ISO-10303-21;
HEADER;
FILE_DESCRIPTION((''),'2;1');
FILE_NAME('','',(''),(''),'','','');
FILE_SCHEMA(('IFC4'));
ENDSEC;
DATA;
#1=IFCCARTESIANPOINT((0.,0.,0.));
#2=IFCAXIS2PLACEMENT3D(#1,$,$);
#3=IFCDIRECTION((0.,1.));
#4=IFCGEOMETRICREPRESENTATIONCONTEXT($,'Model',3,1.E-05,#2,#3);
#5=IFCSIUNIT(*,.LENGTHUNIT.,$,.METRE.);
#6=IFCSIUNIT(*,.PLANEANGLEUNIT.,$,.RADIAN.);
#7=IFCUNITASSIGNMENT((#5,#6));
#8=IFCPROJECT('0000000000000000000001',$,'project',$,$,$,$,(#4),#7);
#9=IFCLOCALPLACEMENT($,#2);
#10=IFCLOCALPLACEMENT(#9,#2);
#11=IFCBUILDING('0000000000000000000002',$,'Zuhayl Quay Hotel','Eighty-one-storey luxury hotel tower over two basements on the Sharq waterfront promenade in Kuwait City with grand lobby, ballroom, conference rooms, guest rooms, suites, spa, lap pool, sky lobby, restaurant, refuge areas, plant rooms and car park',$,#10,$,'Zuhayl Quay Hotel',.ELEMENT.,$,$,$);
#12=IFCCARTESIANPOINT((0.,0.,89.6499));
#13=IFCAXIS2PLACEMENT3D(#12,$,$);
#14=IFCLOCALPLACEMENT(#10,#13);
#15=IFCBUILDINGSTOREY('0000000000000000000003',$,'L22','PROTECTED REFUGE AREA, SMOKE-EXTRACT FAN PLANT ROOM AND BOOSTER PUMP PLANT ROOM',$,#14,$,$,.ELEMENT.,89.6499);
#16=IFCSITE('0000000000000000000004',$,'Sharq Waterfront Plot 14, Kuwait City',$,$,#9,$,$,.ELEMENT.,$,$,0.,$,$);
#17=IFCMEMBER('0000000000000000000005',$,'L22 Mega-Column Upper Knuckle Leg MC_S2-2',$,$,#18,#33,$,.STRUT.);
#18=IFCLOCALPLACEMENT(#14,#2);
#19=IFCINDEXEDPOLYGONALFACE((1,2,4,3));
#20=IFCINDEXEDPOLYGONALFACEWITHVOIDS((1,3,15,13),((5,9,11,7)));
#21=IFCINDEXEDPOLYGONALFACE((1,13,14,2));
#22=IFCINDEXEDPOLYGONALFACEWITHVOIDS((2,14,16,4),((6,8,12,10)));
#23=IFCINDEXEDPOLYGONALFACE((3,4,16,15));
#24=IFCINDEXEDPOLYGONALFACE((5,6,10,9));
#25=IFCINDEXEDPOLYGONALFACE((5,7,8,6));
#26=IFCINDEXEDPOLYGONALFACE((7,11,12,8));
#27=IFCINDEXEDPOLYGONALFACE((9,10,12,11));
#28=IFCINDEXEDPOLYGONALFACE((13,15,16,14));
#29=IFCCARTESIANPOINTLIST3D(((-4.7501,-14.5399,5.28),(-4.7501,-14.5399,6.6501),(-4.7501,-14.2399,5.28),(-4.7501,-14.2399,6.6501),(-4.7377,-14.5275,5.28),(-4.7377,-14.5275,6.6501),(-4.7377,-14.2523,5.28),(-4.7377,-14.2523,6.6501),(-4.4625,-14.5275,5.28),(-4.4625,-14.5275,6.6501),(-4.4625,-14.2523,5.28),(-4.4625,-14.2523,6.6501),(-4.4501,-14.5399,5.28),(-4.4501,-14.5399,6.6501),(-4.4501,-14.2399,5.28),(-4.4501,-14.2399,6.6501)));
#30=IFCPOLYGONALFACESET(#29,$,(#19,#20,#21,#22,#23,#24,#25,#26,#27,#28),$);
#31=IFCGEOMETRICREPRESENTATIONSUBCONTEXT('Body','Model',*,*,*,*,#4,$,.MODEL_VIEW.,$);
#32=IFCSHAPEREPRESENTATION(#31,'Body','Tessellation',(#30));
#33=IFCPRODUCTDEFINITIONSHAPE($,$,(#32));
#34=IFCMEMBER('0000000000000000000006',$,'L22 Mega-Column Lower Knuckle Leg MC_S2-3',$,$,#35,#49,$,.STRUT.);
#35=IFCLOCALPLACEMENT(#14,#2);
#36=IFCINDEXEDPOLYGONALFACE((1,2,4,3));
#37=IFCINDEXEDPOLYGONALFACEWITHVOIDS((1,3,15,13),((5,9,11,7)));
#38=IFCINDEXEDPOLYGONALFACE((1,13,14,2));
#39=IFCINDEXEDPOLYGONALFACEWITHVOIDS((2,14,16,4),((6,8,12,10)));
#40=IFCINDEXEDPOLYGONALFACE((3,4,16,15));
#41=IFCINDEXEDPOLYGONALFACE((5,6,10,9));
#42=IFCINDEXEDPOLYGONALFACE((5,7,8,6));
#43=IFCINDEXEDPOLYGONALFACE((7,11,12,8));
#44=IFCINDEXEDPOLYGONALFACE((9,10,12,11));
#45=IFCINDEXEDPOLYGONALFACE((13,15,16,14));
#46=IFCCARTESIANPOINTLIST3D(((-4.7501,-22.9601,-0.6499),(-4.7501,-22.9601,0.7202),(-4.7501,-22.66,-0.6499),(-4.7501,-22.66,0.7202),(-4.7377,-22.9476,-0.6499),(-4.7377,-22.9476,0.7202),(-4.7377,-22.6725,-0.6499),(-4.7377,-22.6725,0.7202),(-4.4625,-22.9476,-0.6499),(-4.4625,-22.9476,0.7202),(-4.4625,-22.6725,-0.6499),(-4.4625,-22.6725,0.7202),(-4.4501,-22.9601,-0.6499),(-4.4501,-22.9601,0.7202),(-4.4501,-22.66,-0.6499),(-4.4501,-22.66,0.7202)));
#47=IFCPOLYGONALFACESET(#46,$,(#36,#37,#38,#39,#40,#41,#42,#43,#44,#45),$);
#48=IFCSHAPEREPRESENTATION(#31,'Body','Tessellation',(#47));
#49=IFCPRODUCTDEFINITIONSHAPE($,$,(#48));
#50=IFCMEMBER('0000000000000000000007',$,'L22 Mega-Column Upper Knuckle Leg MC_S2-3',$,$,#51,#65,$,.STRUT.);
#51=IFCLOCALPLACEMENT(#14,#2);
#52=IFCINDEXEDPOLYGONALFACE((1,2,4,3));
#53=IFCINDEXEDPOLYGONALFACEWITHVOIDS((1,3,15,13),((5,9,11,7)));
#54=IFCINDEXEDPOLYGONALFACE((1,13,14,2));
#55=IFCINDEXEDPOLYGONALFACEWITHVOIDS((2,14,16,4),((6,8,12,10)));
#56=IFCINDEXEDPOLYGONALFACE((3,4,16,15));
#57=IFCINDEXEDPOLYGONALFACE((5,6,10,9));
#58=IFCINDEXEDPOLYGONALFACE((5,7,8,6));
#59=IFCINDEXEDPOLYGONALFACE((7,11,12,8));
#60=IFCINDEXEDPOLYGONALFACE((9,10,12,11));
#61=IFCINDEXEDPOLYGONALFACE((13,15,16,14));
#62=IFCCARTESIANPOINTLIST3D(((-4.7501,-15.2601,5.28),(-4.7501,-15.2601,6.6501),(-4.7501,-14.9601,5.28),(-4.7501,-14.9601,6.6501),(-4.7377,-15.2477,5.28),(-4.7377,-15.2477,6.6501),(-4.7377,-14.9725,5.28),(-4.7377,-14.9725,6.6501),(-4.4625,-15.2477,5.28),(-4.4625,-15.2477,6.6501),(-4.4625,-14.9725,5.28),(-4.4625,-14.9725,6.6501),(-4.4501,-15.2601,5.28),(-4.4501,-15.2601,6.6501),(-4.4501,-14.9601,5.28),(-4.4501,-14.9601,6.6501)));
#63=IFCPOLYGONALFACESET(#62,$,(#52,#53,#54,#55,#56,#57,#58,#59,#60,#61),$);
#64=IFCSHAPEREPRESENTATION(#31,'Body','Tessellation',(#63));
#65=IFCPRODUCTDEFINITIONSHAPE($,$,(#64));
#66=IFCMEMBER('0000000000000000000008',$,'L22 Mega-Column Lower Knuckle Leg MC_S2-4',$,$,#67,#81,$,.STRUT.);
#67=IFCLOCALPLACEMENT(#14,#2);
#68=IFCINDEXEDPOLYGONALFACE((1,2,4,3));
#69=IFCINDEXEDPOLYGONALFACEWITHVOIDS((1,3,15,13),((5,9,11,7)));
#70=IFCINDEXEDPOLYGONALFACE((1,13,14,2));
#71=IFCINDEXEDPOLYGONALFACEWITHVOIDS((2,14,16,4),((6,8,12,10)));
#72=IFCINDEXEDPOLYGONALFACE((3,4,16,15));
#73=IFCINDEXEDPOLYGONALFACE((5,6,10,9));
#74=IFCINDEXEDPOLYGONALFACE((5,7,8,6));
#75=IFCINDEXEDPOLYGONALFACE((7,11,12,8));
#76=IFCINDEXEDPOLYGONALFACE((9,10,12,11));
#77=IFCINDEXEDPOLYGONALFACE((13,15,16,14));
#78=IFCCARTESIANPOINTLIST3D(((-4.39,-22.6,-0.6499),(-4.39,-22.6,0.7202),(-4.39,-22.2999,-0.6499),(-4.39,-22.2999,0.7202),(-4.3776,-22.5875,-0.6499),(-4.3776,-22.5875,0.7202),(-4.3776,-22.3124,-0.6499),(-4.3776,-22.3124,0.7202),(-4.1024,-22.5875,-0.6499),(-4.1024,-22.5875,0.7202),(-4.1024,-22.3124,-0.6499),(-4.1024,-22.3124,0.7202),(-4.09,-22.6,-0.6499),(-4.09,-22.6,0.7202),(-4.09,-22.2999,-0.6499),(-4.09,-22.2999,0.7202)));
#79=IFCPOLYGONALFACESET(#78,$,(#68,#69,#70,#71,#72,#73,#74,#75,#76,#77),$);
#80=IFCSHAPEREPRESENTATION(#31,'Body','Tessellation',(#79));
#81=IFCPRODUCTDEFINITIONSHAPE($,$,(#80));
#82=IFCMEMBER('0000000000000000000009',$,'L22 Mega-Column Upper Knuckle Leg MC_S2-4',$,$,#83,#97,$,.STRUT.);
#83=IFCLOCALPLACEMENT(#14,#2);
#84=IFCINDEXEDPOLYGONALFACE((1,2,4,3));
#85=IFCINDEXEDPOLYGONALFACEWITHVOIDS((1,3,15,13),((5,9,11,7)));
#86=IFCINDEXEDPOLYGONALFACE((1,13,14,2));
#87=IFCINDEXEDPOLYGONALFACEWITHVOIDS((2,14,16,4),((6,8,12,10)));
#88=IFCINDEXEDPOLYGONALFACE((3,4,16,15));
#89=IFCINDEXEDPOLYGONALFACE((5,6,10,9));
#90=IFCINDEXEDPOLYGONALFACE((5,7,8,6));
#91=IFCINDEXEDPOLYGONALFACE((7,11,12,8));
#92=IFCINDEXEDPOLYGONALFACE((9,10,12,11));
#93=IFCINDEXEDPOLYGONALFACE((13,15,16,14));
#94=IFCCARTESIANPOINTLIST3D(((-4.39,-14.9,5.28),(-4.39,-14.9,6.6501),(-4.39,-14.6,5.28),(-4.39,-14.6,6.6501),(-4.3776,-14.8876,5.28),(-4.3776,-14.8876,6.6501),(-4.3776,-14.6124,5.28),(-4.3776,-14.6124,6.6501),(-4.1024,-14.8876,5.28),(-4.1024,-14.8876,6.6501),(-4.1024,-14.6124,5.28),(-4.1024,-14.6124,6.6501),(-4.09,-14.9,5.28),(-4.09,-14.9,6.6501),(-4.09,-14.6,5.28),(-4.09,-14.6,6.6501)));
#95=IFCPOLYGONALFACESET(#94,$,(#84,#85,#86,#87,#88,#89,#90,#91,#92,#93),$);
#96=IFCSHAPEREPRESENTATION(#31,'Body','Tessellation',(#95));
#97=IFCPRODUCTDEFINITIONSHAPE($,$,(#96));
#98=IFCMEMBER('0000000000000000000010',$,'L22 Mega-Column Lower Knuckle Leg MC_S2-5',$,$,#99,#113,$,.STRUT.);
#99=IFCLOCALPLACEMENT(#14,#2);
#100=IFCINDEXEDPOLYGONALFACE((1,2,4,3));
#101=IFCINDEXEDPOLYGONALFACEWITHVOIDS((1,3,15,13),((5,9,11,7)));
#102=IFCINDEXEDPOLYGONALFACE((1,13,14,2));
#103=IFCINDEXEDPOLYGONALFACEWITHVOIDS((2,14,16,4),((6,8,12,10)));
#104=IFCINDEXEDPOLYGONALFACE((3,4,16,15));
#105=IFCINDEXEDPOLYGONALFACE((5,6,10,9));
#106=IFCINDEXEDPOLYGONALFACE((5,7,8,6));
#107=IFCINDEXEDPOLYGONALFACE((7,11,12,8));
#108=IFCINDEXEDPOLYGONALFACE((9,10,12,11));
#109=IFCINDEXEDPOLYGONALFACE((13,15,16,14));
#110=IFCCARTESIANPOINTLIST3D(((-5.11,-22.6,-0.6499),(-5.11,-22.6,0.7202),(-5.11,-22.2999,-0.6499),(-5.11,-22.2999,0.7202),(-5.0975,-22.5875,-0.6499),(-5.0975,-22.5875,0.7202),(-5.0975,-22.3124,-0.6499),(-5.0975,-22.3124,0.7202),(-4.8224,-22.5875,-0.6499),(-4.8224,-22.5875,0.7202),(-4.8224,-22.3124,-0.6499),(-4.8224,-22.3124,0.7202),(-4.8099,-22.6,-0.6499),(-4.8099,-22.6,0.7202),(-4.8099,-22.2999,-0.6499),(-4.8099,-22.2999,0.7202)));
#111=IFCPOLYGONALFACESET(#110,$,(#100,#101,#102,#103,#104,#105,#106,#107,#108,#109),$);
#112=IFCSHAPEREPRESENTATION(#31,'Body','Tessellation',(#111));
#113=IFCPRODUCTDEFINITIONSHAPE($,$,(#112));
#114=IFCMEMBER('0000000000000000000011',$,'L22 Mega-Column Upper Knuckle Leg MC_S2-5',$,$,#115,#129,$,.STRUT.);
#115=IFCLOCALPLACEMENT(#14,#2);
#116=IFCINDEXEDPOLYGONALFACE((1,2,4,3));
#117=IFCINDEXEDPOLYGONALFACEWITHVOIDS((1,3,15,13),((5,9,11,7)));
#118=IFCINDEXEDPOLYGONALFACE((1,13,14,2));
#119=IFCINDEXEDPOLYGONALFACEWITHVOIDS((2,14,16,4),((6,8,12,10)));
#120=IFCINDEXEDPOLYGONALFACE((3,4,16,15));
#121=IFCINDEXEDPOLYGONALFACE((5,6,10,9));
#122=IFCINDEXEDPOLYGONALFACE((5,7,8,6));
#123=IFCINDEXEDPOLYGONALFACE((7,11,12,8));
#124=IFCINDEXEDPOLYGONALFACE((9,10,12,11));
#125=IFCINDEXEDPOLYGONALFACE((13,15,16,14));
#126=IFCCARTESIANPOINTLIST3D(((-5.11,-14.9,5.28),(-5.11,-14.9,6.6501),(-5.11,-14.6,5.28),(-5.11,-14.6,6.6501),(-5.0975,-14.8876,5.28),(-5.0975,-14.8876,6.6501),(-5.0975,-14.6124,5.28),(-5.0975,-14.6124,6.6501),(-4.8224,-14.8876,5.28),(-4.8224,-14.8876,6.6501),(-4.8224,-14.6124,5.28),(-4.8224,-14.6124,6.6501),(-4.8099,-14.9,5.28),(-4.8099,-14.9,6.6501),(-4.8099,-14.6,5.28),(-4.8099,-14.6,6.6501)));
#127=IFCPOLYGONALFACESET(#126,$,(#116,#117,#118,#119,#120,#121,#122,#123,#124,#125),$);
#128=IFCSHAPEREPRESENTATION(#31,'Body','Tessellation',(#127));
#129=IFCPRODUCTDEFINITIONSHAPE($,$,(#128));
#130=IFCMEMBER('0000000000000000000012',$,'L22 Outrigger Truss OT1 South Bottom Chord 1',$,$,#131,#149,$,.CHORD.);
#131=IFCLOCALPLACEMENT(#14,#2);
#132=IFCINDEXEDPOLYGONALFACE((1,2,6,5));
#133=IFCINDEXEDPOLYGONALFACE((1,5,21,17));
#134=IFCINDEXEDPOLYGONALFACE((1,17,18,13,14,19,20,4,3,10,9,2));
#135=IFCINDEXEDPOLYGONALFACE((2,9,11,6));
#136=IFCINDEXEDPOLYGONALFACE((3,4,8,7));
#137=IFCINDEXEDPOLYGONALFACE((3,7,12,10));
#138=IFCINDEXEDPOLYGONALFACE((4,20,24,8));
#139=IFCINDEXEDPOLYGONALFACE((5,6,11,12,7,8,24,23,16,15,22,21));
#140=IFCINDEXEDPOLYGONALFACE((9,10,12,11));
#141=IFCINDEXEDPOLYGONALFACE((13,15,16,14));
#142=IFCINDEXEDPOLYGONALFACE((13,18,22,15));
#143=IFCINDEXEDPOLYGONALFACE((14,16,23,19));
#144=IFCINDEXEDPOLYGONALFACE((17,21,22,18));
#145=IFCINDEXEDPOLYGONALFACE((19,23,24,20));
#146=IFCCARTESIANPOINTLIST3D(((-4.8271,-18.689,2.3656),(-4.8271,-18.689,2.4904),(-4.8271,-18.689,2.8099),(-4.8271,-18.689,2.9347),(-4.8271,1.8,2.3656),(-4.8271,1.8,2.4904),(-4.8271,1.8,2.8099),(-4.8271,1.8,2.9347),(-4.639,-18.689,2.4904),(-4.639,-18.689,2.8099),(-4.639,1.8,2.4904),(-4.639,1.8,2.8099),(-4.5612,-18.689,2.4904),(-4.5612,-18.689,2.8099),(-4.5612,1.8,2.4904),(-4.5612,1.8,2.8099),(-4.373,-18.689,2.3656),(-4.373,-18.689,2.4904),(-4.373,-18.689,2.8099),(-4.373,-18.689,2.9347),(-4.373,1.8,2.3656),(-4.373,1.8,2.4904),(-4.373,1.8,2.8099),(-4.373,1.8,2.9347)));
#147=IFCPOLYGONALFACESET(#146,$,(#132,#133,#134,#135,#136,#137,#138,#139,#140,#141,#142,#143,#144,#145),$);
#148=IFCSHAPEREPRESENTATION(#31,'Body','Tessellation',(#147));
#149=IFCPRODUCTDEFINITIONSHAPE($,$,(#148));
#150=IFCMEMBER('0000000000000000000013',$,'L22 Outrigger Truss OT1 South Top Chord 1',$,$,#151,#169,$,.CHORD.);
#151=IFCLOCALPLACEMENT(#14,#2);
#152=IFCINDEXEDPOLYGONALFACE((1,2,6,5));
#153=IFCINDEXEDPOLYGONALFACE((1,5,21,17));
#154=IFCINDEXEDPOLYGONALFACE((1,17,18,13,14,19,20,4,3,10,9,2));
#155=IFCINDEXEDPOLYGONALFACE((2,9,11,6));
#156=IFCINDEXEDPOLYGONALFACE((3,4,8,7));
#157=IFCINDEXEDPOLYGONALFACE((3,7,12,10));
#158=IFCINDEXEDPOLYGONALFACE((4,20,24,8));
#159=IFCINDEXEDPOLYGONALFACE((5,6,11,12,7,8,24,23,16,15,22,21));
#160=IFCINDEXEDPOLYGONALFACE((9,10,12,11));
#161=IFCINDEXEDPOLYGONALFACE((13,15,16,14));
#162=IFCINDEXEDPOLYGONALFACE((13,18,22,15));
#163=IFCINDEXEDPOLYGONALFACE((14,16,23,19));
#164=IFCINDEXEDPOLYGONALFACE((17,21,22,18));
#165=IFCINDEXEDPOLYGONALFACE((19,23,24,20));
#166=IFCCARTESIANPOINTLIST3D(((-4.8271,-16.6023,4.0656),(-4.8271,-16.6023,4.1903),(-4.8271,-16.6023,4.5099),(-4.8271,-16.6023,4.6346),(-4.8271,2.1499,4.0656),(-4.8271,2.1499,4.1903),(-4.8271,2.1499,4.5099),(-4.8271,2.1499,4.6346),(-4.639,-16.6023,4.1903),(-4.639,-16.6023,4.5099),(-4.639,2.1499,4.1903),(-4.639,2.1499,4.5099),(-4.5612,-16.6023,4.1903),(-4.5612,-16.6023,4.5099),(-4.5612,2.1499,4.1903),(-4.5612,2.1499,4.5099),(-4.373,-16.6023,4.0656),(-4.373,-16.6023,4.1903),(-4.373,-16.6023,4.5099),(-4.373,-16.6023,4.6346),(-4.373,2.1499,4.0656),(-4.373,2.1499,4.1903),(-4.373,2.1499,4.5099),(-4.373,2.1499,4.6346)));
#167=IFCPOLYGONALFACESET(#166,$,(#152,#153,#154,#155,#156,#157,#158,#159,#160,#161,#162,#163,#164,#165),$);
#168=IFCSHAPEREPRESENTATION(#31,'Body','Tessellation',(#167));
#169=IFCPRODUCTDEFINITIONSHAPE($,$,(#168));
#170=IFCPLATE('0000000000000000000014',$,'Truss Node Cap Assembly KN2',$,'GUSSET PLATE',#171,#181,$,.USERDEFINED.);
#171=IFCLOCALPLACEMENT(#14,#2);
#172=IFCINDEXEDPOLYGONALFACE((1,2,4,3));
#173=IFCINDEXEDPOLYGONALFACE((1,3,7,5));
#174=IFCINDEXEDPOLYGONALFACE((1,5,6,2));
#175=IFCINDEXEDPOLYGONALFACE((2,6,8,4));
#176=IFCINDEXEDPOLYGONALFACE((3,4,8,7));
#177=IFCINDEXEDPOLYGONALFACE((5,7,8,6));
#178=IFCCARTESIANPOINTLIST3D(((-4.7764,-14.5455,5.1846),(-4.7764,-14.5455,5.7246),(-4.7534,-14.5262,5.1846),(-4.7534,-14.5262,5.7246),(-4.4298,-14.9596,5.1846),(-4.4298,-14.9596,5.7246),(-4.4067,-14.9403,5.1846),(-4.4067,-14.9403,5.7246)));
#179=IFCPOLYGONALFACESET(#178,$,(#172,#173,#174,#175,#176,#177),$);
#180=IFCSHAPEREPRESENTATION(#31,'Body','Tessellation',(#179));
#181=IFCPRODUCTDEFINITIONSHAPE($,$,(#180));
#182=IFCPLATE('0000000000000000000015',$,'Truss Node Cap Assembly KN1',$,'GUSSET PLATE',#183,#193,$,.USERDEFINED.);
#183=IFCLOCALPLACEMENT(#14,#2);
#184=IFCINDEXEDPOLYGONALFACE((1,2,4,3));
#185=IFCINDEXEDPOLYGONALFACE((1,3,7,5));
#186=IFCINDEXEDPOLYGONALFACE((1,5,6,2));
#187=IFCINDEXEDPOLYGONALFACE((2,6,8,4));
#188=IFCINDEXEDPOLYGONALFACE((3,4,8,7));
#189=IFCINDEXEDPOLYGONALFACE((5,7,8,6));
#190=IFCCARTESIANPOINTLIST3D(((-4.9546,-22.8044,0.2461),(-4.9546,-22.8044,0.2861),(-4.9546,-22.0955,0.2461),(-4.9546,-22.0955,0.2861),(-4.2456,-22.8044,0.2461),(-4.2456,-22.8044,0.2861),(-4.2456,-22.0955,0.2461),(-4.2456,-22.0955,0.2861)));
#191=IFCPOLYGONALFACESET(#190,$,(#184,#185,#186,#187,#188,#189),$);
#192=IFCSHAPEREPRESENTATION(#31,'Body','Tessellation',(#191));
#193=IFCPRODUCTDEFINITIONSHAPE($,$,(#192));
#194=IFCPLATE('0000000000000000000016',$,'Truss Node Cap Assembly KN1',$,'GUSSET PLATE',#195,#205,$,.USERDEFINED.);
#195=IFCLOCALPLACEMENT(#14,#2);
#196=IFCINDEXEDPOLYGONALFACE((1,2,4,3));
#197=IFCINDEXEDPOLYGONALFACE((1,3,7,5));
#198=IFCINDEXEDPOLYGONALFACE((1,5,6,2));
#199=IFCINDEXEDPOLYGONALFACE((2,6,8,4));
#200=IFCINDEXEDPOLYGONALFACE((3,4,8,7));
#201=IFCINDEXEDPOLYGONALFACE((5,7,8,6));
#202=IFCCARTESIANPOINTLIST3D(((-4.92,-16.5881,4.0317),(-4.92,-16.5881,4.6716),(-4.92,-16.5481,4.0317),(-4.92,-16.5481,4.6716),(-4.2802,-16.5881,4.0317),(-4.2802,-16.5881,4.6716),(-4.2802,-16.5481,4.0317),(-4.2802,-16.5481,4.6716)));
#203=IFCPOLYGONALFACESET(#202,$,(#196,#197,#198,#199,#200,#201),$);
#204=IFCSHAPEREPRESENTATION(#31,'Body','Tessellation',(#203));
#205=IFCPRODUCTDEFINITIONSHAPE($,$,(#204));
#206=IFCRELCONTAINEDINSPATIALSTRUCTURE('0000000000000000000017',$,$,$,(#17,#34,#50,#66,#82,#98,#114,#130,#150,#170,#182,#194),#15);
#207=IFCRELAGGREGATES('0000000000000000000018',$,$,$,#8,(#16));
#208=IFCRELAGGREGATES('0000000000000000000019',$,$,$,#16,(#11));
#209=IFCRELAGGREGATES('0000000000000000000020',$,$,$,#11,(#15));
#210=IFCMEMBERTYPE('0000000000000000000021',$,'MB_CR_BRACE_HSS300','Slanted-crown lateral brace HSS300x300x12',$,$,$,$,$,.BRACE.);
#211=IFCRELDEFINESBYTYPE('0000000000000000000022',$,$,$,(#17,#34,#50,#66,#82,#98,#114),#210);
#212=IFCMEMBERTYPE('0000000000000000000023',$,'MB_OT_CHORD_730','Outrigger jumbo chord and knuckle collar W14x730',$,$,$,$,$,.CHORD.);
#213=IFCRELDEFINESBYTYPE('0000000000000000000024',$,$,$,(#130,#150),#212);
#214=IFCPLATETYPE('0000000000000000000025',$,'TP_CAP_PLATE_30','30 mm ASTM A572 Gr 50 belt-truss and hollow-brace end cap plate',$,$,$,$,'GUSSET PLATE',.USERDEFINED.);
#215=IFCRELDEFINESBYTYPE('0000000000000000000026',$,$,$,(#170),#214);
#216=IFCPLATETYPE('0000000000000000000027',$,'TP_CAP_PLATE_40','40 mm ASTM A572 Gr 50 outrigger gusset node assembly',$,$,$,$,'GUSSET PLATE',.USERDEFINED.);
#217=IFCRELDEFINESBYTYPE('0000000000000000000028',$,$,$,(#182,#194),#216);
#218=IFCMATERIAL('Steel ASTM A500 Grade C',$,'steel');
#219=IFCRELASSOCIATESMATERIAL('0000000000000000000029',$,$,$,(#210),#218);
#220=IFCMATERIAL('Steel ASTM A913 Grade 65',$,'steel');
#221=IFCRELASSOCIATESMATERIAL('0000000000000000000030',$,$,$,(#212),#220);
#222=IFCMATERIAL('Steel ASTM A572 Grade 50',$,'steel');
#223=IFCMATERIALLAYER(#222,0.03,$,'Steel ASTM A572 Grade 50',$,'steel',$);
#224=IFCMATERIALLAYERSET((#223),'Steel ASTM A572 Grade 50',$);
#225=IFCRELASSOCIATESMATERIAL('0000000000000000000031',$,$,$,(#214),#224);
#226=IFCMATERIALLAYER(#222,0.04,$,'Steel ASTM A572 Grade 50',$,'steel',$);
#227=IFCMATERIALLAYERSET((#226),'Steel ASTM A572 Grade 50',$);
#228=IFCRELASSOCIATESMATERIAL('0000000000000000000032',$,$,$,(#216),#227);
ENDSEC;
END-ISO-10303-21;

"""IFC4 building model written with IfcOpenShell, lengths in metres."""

from ifc_helpers import new_model, si_unit, direction, frame, origin, origin_2d, place, context, subcontext, project, spatial, rectangle, hollow_rectangle, i_section, extrude, material, layer, layer_set, material_profile, profile_set, type_object, element, save


model = new_model("IFC4")

# Units and contexts
model_context = context("Model", 3, precision=1e-05, world=origin(), true_north=direction((0.0, 1.0)))
body_context = subcontext(model_context, "Body", "Model", "MODEL_VIEW")
ifc_project = project(units=[si_unit("LENGTHUNIT", "METRE"), si_unit("PLANEANGLEUNIT", "RADIAN")], contexts=[model_context])

# Site, building, storey
site_placement = place(None, origin())
site = spatial("IfcSite", under=ifc_project, at=site_placement, Name="Sharq Waterfront Plot 14, Kuwait City", CompositionType="ELEMENT", RefElevation=0.0)
building_placement = place(site_placement, origin())
building = spatial("IfcBuilding", under=site, at=building_placement, Name="Zuhayl Quay Hotel", Description="Eighty-one-storey luxury hotel tower over two basements on the Sharq waterfront promenade in Kuwait City with grand lobby, ballroom, conference rooms, guest rooms, suites, spa, lap pool, sky lobby, restaurant, refuge areas, plant rooms and car park", LongName="Zuhayl Quay Hotel", CompositionType="ELEMENT")
storey_placement = place(building_placement, frame((0.0, 0.0, 89.6499)))
storey = spatial("IfcBuildingStorey", under=building, at=storey_placement, Name="L22", Description="PROTECTED REFUGE AREA, SMOKE-EXTRACT FAN PLANT ROOM AND BOOSTER PUMP PLANT ROOM", CompositionType="ELEMENT", Elevation=89.6499)

# Shared definitions
ifc_material_1 = material(Name="Steel ASTM A913 Grade 65", Category="steel")

# Members
ifc_material_2 = material(Name="Steel ASTM A500 Grade C", Category="steel")
ifc_material_profile_1 = material_profile(ifc_material_2, hollow_rectangle(XDim=0.3, YDim=0.3, WallThickness=0.0125, at=origin_2d()), Name="HSS300X300X12")
ifc_profile_set_1 = profile_set([ifc_material_profile_1], Name="Steel ASTM A500 Grade C")
member_type_1 = type_object("IfcMemberType", Name="MB_CR_BRACE_HSS300", Description="Slanted-crown lateral brace HSS300x300x12", PredefinedType="BRACE", material=ifc_profile_set_1)
for number, where, z_axis, x_axis, name in (
    (1, (-4.6001, -14.3899, 5.28), (0.0, 0.0, 1.0), (1.0, 0.0, 0.0), "L22 Mega-Column Upper Knuckle Leg MC_S2-2"),
    (2, (-4.6001, -22.8101, -0.6499), (0.0, 0.0, 1.0), (1.0, 0.0, 0.0), "L22 Mega-Column Lower Knuckle Leg MC_S2-3"),
    (3, (-4.6001, -15.1101, 5.28), (0.0, 0.0, 1.0), (1.0, 0.0, 0.0), "L22 Mega-Column Upper Knuckle Leg MC_S2-3"),
    (4, (-4.24, -22.45, -0.6499), (0.0, 0.0, 1.0), (1.0, 0.0, 0.0), "L22 Mega-Column Lower Knuckle Leg MC_S2-4"),
    (5, (-4.24, -14.75, 5.28), (0.0, 0.0, 1.0), (1.0, 0.0, 0.0), "L22 Mega-Column Upper Knuckle Leg MC_S2-4"),
    (6, (-4.96, -22.45, -0.6499), (0.0, 0.0, 1.0), (1.0, 0.0, 0.0), "L22 Mega-Column Lower Knuckle Leg MC_S2-5"),
    (7, (-4.96, -14.75, 5.28), (0.0, 0.0, 1.0), (1.0, 0.0, 0.0), "L22 Mega-Column Upper Knuckle Leg MC_S2-5"),
):
    element("IfcMember", number, at=place(storey_placement, frame(where, z_axis=z_axis, x_axis=x_axis)), inside=storey, type_object=member_type_1, Name=name, PredefinedType="STRUT", context=body_context, shape_type="SweptSolid", body=[
        extrude(hollow_rectangle(XDim=0.3, YDim=0.3, WallThickness=0.0125, at=origin_2d()), origin(), (0.0, 0.0, 1.0), 1.3701),
    ])
ifc_material_profile_2 = material_profile(ifc_material_1, i_section(OverallWidth=0.4541, OverallDepth=0.5691, WebThickness=0.0779, FlangeThickness=0.1248, at=origin_2d()), Name="W14X730")
ifc_profile_set_2 = profile_set([ifc_material_profile_2], Name="Steel ASTM A913 Grade 65")
member_type_2 = type_object("IfcMemberType", Name="MB_OT_CHORD_730", Description="Outrigger jumbo chord and knuckle collar W14x730", PredefinedType="CHORD", material=ifc_profile_set_2)
member_1_placement = place(storey_placement, frame((-4.6001, -18.689, 2.6501), z_axis=(0.0, 1.0, 0.0), x_axis=(-1.0, 0.0, 0.0)))
element("IfcMember", 8, at=member_1_placement, inside=storey, type_object=member_type_2, Name="L22 Outrigger Truss OT1 South Bottom Chord 1", PredefinedType="CHORD", context=body_context, shape_type="SweptSolid", body=[
    extrude(i_section(OverallWidth=0.4541, OverallDepth=0.5691, WebThickness=0.0779, FlangeThickness=0.1248, at=origin_2d()), origin(), (0.0, 0.0, 1.0), 20.489),
])
member_2_placement = place(storey_placement, frame((-4.6001, -16.6023, 4.3501), z_axis=(0.0, 1.0, 0.0), x_axis=(-1.0, 0.0, 0.0)))
element("IfcMember", 9, at=member_2_placement, inside=storey, type_object=member_type_2, Name="L22 Outrigger Truss OT1 South Top Chord 1", PredefinedType="CHORD", context=body_context, shape_type="SweptSolid", body=[
    extrude(i_section(OverallWidth=0.4541, OverallDepth=0.5691, WebThickness=0.0779, FlangeThickness=0.1248, at=origin_2d()), origin(), (0.0, 0.0, 1.0), 18.7522),
])

# Plates
ifc_material_3 = material(Name="Steel ASTM A572 Grade 50", Category="steel")
ifc_layer_1 = layer(ifc_material_3, 0.03, Name="Steel ASTM A572 Grade 50", Category="steel")
ifc_layer_set_1 = layer_set([ifc_layer_1], Name="Steel ASTM A572 Grade 50")
plate_type_1 = type_object("IfcPlateType", Name="TP_CAP_PLATE_30", Description="30 mm ASTM A572 Gr 50 belt-truss and hollow-brace end cap plate", ElementType="GUSSET PLATE", PredefinedType="USERDEFINED", material=ifc_layer_set_1)
plate_1_placement = place(storey_placement, frame((-4.5916, -14.7429, 5.1846), z_axis=(0.0, 0.0, 1.0), x_axis=(0.766829, 0.641851, 0.0)))
element("IfcPlate", 10, at=plate_1_placement, inside=storey, type_object=plate_type_1, Name="Truss Node Cap Assembly KN2", ObjectType="GUSSET PLATE", PredefinedType="USERDEFINED", context=body_context, shape_type="SweptSolid", body=[
    extrude(rectangle(XDim=0.03, YDim=0.54, at=origin_2d()), origin(), (0.0, 0.0, 1.0), 0.54),
])
ifc_layer_2 = layer(ifc_material_3, 0.04, Name="Steel ASTM A572 Grade 50", Category="steel")
ifc_layer_set_2 = layer_set([ifc_layer_2], Name="Steel ASTM A572 Grade 50")
plate_type_2 = type_object("IfcPlateType", Name="TP_CAP_PLATE_40", Description="40 mm ASTM A572 Gr 50 outrigger gusset node assembly", ElementType="GUSSET PLATE", PredefinedType="USERDEFINED", material=ifc_layer_set_2)
plate_2_placement = place(storey_placement, frame((-4.6001, -22.45, 0.2461), z_axis=(0.0, 0.0, 1.0), x_axis=(1.0, 0.0, 0.0)))
element("IfcPlate", 11, at=plate_2_placement, inside=storey, type_object=plate_type_2, Name="Truss Node Cap Assembly KN1", ObjectType="GUSSET PLATE", PredefinedType="USERDEFINED", context=body_context, shape_type="SweptSolid", body=[
    extrude(rectangle(XDim=0.709, YDim=0.709, at=origin_2d()), origin(), (0.0, 0.0, 1.0), 0.04),
])
plate_3_placement = place(storey_placement, frame((-4.6001, -16.5681, 4.0317), z_axis=(0.0, 0.0, 1.0), x_axis=(0.0, -1.0, 0.0)))
element("IfcPlate", 12, at=plate_3_placement, inside=storey, type_object=plate_type_2, Name="Truss Node Cap Assembly KN1", ObjectType="GUSSET PLATE", PredefinedType="USERDEFINED", context=body_context, shape_type="SweptSolid", body=[
    extrude(rectangle(XDim=0.04, YDim=0.6399, at=origin_2d()), origin(), (0.0, 0.0, 1.0), 0.6399),
])

save(model, "model.ifc")
